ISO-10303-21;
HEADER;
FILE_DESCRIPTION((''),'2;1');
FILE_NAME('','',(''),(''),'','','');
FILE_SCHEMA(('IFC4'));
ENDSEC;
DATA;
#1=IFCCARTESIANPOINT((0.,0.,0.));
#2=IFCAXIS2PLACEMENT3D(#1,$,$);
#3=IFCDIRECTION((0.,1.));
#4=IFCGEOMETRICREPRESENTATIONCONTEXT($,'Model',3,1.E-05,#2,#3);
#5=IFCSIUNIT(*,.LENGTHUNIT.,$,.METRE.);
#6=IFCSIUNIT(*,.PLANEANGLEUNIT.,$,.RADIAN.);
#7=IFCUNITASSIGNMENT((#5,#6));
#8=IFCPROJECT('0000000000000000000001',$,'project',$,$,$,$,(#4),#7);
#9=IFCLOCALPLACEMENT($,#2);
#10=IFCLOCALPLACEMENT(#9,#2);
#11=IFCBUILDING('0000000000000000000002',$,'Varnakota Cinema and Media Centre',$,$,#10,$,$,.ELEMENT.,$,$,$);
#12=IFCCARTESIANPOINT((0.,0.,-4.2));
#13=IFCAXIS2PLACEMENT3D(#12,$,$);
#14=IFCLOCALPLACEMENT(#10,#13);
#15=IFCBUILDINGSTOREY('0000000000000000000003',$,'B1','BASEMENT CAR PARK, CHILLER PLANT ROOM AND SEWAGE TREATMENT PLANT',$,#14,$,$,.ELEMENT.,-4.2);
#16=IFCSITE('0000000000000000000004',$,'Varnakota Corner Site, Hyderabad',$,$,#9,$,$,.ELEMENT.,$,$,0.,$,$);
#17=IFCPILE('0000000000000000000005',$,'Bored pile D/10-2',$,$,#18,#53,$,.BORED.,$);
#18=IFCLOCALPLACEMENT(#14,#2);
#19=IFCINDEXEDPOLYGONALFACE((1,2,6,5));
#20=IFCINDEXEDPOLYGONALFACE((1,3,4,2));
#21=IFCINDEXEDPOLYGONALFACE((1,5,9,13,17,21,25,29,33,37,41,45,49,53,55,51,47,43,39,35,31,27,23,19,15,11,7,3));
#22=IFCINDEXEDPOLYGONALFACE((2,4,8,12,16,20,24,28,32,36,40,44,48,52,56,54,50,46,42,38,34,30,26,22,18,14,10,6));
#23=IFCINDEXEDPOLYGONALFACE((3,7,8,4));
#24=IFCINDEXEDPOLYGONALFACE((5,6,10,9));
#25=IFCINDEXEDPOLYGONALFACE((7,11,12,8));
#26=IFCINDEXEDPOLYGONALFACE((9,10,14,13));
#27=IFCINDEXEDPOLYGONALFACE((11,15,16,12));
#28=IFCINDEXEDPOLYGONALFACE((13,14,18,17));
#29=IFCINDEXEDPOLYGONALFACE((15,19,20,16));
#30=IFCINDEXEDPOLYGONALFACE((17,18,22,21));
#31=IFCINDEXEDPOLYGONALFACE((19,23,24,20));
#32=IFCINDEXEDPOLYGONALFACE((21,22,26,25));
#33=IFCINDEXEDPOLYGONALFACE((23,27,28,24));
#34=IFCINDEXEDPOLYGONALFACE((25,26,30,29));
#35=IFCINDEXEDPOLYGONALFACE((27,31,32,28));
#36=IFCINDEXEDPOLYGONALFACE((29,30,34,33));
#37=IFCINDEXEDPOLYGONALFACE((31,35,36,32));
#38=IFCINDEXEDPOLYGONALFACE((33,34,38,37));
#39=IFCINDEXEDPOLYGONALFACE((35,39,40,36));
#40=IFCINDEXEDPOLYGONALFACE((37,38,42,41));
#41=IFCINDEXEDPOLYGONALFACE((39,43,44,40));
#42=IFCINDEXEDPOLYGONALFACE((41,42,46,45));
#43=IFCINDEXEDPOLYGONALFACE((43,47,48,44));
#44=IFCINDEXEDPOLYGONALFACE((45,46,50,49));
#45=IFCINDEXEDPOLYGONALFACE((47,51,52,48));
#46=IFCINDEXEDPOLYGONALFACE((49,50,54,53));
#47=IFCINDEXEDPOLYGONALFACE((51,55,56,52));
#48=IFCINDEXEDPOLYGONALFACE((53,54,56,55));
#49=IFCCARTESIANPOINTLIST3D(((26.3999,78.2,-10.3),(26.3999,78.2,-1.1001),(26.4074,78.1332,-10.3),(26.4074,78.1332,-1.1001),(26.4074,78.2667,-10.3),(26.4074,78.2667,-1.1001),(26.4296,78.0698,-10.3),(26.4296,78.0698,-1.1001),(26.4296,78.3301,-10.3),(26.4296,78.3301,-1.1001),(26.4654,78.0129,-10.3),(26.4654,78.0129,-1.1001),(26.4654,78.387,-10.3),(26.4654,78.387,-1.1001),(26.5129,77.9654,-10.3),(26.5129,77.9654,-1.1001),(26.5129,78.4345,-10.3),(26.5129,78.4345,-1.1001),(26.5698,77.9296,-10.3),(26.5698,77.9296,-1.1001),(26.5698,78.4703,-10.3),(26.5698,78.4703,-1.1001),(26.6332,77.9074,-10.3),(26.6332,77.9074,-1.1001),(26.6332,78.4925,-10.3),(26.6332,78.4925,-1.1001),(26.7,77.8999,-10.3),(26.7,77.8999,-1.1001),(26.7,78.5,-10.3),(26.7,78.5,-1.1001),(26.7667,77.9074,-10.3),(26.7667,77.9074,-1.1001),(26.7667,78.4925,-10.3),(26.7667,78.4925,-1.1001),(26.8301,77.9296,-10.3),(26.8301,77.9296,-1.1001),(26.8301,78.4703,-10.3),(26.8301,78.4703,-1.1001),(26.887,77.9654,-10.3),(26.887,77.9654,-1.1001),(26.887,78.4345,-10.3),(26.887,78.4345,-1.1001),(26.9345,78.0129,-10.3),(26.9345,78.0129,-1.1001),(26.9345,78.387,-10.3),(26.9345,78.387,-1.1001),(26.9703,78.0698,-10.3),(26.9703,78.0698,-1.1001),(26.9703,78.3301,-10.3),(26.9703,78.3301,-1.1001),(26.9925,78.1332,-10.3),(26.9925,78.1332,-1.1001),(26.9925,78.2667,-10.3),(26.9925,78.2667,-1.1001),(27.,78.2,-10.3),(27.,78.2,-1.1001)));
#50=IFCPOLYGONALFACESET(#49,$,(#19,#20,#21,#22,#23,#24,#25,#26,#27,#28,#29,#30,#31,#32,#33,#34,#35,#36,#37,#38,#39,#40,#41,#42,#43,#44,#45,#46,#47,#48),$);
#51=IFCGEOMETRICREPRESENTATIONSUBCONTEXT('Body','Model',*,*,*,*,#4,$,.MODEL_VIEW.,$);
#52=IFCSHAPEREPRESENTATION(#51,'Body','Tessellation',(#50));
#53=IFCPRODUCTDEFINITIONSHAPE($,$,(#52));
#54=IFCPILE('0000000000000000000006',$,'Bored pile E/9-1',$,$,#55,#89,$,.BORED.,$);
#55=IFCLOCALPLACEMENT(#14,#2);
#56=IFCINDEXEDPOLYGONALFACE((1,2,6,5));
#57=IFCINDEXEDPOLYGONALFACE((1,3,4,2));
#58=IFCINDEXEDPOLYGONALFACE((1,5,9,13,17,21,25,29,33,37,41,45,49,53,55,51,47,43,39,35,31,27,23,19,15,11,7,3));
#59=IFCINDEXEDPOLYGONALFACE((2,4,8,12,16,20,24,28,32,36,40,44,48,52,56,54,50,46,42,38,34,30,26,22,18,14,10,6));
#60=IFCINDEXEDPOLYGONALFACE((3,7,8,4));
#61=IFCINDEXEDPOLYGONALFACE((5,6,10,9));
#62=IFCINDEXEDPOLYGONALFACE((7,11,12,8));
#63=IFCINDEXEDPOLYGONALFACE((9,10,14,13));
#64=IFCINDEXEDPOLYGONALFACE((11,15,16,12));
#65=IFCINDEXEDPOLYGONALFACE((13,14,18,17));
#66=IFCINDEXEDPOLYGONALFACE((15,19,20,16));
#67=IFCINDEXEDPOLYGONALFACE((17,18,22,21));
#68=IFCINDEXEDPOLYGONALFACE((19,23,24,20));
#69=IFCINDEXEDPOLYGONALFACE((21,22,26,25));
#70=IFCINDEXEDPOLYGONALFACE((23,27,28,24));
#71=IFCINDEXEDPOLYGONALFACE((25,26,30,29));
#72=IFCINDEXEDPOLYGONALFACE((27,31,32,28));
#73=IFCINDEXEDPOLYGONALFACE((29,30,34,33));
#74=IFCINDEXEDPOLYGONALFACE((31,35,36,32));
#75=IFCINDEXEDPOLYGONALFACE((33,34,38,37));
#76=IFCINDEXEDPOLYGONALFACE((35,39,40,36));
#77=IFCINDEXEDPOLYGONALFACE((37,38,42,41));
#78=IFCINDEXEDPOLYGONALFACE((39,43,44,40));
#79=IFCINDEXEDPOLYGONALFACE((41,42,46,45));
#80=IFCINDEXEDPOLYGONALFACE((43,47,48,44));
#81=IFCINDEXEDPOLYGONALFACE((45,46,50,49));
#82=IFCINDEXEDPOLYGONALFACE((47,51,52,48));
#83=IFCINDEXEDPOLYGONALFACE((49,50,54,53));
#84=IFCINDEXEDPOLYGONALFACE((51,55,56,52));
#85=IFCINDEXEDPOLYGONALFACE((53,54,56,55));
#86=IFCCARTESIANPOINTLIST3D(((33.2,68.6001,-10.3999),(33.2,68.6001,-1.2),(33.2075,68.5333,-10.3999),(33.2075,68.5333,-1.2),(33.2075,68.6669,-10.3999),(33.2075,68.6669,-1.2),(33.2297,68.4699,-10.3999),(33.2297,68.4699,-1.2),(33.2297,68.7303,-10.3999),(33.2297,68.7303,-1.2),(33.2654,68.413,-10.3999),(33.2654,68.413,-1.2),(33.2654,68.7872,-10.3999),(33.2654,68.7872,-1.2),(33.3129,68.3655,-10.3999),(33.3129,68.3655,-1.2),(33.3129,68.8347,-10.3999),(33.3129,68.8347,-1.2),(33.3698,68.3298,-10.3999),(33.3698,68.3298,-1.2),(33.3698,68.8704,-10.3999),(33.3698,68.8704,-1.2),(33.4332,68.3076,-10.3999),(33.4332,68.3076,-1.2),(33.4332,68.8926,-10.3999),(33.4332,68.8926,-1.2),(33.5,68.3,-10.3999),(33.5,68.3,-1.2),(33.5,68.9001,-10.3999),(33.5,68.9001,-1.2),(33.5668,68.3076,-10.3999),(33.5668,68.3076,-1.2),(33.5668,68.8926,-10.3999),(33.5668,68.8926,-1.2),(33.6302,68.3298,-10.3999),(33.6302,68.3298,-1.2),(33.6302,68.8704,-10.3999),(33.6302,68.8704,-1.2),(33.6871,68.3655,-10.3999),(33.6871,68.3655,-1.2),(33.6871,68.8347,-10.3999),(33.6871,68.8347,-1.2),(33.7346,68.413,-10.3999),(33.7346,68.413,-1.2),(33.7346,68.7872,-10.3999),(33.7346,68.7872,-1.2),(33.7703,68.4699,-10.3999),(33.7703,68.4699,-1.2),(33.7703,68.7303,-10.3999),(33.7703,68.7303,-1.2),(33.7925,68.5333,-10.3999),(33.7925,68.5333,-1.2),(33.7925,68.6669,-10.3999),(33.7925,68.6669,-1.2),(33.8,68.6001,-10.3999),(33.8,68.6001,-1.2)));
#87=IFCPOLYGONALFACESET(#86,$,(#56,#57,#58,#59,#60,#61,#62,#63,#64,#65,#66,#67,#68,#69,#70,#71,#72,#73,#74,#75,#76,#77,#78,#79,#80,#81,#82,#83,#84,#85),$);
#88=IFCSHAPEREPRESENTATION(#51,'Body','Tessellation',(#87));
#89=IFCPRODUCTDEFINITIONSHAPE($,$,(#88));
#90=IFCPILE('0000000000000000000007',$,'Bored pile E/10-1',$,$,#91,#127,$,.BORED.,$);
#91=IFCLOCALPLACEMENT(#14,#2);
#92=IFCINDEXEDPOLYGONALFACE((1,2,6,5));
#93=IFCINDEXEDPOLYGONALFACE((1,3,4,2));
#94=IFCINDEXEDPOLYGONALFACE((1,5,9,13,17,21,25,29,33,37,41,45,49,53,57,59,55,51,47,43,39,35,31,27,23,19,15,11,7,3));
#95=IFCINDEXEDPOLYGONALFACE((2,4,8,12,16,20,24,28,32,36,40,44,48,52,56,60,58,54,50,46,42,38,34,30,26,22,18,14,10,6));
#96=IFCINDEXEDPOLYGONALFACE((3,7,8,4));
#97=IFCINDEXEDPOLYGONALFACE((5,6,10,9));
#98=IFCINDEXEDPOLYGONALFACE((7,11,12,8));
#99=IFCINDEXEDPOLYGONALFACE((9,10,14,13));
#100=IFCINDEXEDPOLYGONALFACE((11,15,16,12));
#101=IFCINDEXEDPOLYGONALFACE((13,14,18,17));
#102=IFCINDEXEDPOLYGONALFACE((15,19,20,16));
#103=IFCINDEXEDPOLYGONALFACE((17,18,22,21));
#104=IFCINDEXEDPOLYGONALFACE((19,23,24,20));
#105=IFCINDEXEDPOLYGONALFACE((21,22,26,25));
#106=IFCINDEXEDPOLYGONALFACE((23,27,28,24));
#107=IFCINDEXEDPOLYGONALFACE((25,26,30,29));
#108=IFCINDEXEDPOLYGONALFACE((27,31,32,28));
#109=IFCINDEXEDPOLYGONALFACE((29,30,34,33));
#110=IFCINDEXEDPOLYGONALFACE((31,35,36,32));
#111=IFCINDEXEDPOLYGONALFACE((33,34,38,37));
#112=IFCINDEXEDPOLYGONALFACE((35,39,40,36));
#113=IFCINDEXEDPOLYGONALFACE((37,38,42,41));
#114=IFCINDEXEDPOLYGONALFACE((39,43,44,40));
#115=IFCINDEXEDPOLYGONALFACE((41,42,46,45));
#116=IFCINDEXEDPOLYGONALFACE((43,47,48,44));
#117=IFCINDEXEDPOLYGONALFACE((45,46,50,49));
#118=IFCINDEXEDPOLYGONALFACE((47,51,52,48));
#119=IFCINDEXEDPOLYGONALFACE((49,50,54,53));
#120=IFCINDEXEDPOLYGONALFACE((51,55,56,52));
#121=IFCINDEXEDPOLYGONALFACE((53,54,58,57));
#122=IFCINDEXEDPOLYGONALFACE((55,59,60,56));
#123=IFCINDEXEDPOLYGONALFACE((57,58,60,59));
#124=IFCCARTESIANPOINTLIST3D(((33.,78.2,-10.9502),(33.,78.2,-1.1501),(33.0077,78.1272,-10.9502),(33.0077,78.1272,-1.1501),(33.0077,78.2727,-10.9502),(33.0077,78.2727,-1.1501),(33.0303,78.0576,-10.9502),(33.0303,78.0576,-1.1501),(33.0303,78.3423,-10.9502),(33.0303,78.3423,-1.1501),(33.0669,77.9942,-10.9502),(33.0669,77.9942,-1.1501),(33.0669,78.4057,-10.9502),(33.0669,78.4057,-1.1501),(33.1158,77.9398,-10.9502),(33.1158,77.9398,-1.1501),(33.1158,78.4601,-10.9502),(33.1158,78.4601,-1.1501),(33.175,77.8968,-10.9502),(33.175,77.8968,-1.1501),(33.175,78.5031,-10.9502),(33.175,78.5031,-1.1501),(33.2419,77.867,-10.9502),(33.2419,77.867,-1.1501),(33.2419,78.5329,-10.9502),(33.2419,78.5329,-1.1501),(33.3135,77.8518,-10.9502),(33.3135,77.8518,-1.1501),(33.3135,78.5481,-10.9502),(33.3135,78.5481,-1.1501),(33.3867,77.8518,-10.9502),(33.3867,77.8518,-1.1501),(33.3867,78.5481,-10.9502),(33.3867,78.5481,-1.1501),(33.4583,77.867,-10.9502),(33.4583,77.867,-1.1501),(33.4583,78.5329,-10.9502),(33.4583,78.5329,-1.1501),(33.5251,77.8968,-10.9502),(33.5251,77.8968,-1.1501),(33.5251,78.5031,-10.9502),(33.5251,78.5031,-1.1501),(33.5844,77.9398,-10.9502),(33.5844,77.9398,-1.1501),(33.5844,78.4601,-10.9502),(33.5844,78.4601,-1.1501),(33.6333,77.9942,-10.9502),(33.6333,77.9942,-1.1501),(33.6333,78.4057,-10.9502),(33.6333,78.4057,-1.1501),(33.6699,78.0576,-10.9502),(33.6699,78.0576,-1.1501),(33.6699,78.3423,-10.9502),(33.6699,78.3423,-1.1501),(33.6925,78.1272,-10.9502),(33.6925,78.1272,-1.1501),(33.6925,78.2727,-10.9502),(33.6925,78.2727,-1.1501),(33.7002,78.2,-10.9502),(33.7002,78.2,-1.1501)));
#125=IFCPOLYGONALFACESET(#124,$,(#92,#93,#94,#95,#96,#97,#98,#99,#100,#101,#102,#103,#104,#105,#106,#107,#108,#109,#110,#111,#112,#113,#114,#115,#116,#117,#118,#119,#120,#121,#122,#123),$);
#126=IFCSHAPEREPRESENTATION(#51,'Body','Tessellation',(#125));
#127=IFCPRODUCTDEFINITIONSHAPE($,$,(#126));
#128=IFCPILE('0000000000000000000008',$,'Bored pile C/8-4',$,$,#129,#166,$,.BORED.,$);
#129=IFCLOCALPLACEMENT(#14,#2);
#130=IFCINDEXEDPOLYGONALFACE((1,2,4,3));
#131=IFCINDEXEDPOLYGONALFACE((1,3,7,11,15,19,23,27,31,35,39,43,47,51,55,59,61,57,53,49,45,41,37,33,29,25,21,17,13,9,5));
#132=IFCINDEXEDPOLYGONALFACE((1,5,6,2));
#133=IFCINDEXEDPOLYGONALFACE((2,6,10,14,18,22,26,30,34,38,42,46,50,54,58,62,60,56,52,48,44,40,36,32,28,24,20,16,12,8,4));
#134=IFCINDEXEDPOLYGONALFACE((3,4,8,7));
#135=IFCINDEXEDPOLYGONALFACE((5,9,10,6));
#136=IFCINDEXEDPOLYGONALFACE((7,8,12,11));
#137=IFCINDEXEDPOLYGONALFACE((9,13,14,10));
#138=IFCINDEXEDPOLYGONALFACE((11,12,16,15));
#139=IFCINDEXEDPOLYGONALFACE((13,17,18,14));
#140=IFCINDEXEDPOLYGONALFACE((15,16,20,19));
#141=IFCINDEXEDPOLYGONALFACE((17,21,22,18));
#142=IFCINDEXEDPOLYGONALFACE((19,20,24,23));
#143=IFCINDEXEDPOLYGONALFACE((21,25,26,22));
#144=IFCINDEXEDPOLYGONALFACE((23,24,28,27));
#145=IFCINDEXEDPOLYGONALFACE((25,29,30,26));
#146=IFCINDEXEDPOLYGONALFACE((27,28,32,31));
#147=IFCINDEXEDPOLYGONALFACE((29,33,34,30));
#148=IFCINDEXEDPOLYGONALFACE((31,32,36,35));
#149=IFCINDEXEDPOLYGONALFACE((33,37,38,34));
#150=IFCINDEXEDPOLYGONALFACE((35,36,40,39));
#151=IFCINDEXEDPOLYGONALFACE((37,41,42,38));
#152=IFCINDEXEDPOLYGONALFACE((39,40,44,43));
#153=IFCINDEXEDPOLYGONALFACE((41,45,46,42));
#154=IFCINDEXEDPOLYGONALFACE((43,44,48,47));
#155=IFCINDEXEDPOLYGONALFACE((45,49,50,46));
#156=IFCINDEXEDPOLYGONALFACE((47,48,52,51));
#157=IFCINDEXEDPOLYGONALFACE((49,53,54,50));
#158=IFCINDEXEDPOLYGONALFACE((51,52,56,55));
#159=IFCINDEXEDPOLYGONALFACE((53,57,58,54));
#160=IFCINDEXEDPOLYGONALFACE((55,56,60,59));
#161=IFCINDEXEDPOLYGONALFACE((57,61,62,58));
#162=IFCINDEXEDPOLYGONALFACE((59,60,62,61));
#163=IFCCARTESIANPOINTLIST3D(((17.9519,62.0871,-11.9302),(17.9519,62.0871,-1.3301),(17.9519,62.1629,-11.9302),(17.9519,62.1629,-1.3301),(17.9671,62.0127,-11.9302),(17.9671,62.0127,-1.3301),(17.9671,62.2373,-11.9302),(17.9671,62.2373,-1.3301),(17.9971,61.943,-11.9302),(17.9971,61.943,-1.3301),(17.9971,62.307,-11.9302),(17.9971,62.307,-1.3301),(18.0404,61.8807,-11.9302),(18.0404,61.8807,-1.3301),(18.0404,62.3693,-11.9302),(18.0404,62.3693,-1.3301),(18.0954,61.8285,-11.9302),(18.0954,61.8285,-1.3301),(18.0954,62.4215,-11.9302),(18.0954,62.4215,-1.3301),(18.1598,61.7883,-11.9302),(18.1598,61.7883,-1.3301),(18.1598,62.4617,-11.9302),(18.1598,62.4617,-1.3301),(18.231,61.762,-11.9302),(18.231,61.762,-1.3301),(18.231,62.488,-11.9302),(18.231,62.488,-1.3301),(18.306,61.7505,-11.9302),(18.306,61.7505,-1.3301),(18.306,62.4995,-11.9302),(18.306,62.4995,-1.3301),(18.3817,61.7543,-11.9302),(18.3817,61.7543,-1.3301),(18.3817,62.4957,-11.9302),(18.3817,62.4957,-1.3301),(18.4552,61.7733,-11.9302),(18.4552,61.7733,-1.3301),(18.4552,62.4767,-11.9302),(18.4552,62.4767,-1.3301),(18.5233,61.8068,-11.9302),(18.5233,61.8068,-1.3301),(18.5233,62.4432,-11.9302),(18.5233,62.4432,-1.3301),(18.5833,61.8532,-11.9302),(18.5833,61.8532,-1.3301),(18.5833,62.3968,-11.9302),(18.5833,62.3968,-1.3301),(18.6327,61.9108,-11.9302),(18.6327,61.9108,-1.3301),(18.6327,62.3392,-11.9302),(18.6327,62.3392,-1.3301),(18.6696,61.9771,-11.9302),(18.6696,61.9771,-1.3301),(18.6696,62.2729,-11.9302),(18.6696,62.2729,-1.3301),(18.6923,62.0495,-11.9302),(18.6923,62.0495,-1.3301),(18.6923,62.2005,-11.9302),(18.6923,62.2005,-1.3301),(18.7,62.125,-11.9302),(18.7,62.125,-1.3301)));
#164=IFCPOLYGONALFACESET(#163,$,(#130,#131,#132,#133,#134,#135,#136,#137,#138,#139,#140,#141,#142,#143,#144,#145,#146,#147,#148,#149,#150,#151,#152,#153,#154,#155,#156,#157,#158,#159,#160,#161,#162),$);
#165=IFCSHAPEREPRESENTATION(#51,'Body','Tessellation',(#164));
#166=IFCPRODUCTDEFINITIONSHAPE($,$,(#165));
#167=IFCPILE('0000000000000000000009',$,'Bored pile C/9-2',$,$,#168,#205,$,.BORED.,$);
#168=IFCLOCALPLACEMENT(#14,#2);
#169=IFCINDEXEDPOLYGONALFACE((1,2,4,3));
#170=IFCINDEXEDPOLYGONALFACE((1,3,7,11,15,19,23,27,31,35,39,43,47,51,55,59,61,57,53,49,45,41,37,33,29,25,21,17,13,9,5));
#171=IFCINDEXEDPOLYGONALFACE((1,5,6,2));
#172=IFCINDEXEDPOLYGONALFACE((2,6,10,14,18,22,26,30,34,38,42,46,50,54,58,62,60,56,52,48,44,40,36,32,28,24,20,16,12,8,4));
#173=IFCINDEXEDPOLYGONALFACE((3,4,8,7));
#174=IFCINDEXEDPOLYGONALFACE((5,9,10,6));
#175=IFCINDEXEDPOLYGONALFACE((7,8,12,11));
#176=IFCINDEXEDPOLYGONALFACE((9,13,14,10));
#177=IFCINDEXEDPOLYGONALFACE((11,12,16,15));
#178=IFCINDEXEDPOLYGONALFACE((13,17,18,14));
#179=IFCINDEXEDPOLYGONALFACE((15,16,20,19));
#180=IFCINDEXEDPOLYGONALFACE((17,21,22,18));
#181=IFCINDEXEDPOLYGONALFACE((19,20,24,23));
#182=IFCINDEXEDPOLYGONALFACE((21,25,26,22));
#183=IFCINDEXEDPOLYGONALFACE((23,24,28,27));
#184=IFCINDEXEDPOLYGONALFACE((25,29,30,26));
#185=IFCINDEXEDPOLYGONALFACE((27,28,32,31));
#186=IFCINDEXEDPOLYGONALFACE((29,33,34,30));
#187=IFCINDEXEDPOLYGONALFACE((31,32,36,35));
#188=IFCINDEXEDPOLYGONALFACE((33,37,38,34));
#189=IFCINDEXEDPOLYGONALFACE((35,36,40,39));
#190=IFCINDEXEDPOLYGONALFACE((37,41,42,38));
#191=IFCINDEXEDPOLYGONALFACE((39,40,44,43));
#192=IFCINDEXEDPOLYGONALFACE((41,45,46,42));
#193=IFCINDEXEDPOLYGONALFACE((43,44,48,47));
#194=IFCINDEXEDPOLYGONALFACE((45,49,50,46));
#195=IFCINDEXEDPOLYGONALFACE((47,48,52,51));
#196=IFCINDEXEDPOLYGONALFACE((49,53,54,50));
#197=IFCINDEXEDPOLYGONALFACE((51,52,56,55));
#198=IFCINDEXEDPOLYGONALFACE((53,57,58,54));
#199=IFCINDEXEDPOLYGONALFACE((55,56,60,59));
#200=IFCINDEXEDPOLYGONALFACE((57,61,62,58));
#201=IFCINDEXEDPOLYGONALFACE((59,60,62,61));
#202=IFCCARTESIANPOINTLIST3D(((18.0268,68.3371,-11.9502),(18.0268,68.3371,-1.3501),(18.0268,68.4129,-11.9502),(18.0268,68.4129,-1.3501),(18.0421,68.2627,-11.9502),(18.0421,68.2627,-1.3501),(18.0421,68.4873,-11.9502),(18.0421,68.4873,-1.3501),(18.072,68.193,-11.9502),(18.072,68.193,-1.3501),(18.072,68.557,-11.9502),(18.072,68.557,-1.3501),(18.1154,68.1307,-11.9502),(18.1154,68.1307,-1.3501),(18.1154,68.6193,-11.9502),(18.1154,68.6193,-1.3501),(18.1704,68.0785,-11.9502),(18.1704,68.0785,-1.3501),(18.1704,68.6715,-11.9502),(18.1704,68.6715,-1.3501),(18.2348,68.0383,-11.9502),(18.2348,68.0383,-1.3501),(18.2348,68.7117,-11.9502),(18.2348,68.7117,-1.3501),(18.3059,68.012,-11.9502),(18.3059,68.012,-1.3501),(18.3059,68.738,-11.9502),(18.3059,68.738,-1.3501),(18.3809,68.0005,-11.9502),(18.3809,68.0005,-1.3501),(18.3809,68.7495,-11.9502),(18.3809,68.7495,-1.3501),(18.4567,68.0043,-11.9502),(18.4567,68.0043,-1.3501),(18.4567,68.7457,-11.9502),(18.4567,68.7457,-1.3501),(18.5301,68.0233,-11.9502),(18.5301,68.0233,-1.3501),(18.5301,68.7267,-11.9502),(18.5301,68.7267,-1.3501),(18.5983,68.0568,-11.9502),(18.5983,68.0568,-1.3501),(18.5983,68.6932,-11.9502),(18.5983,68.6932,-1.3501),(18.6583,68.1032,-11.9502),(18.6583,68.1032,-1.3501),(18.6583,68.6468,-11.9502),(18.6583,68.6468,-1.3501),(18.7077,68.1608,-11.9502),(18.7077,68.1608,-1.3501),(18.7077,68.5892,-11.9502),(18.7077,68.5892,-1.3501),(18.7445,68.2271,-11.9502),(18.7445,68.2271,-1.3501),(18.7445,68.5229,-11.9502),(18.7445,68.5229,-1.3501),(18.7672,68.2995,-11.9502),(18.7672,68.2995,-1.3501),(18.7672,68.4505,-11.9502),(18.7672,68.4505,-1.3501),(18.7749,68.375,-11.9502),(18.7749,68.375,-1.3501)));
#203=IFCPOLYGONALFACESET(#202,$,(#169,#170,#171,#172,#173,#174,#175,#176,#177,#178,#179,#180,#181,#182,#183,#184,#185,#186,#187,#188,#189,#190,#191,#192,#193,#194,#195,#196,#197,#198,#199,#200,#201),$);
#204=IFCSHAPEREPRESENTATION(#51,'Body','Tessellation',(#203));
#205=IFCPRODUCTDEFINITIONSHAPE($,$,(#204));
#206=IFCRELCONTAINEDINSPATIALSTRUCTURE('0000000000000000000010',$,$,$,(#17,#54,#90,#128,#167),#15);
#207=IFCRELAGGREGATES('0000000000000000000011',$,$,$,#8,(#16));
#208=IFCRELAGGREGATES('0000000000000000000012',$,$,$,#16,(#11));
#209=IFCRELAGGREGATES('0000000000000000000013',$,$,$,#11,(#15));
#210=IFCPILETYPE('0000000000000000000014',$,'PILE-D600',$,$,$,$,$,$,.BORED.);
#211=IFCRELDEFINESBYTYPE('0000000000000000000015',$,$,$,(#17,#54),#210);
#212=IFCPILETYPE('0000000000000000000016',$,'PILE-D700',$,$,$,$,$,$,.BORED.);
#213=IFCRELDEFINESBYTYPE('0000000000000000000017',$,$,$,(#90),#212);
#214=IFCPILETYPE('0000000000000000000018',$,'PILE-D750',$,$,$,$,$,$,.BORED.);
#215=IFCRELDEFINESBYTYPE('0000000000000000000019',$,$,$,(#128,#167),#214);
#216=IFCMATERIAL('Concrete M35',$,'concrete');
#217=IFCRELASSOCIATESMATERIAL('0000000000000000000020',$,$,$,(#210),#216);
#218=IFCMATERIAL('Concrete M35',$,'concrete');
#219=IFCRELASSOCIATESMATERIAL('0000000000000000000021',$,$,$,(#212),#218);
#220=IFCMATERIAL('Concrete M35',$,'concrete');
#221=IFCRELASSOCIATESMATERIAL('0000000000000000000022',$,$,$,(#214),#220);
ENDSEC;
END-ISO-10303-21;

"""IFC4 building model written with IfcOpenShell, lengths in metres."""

from ifc_helpers import new_model, si_unit, direction, frame, origin, origin_2d, place, context, subcontext, project, spatial, circle, extrude, material, material_profile, profile_set, type_object, element, save


model = new_model("IFC4")

# Units and contexts
model_context = context("Model", 3, precision=1e-05, world=origin(), true_north=direction((0.0, 1.0)))
body_context = subcontext(model_context, "Body", "Model", "MODEL_VIEW")
ifc_project = project(units=[si_unit("LENGTHUNIT", "METRE"), si_unit("PLANEANGLEUNIT", "RADIAN")], contexts=[model_context])

# Site, building, storey
site_placement = place(None, origin())
site = spatial("IfcSite", under=ifc_project, at=site_placement, Name="Varnakota Corner Site, Hyderabad", CompositionType="ELEMENT", RefElevation=0.0)
building_placement = place(site_placement, origin())
building = spatial("IfcBuilding", under=site, at=building_placement, Name="Varnakota Cinema and Media Centre", CompositionType="ELEMENT")
storey_placement = place(building_placement, frame((0.0, 0.0, -4.2)))
storey = spatial("IfcBuildingStorey", under=building, at=storey_placement, Name="B1", Description="BASEMENT CAR PARK, CHILLER PLANT ROOM AND SEWAGE TREATMENT PLANT", CompositionType="ELEMENT", Elevation=-4.2)

# Piles
ifc_material_1 = material(Name="Concrete M35", Category="concrete")
ifc_material_profile_1 = material_profile(ifc_material_1, circle(Radius=0.3, at=origin_2d()), Name="PILE D600")
ifc_profile_set_1 = profile_set([ifc_material_profile_1], Name="Concrete M35")
pile_type_1 = type_object("IfcPileType", Name="PILE-D600", PredefinedType="BORED", material=ifc_profile_set_1)
for number, where, z_axis, x_axis, name in (
    (1, (26.7, 78.2, -1.1001), (0.0, 0.0, -1.0), (1.0, 0.0, 0.0), "Bored pile D/10-2"),
    (2, (33.5, 68.6001, -1.2), (0.0, 0.0, -1.0), (1.0, 0.0, 0.0), "Bored pile E/9-1"),
):
    element("IfcPile", number, at=place(storey_placement, frame(where, z_axis=z_axis, x_axis=x_axis)), inside=storey, type_object=pile_type_1, Name=name, PredefinedType="BORED", context=body_context, shape_type="SweptSolid", body=[
        extrude(circle(Radius=0.3, at=origin_2d()), origin(), (0.0, 0.0, 1.0), 9.2),
    ])
ifc_material_2 = material(Name="Concrete M35", Category="concrete")
ifc_material_profile_2 = material_profile(ifc_material_2, circle(Radius=0.3501, at=origin_2d()), Name="PILE D700")
ifc_profile_set_2 = profile_set([ifc_material_profile_2], Name="Concrete M35")
pile_type_2 = type_object("IfcPileType", Name="PILE-D700", PredefinedType="BORED", material=ifc_profile_set_2)
pile_placement = place(storey_placement, frame((33.3501, 78.2, -1.1501), z_axis=(0.0, 0.0, -1.0), x_axis=(1.0, 0.0, 0.0)))
element("IfcPile", 3, at=pile_placement, inside=storey, type_object=pile_type_2, Name="Bored pile E/10-1", PredefinedType="BORED", context=body_context, shape_type="SweptSolid", body=[
    extrude(circle(Radius=0.3501, at=origin_2d()), origin(), (0.0, 0.0, 1.0), 9.8),
])
ifc_material_3 = material(Name="Concrete M35", Category="concrete")
ifc_material_profile_3 = material_profile(ifc_material_3, circle(Radius=0.375, at=origin_2d()), Name="PILE D750")
ifc_profile_set_3 = profile_set([ifc_material_profile_3], Name="Concrete M35")
pile_type_3 = type_object("IfcPileType", Name="PILE-D750", PredefinedType="BORED", material=ifc_profile_set_3)
for number, where, z_axis, x_axis, name in (
    (4, (18.325, 62.125, -1.3301), (0.0, 0.0, -1.0), (1.0, 0.0, 0.0), "Bored pile C/8-4"),
    (5, (18.3999, 68.375, -1.3501), (0.0, 0.0, -1.0), (1.0, 0.0, 0.0), "Bored pile C/9-2"),
):
    element("IfcPile", number, at=place(storey_placement, frame(where, z_axis=z_axis, x_axis=x_axis)), inside=storey, type_object=pile_type_3, Name=name, PredefinedType="BORED", context=body_context, shape_type="SweptSolid", body=[
        extrude(circle(Radius=0.375, at=origin_2d()), origin(), (0.0, 0.0, 1.0), 10.6001),
    ])

save(model, "model.ifc")
